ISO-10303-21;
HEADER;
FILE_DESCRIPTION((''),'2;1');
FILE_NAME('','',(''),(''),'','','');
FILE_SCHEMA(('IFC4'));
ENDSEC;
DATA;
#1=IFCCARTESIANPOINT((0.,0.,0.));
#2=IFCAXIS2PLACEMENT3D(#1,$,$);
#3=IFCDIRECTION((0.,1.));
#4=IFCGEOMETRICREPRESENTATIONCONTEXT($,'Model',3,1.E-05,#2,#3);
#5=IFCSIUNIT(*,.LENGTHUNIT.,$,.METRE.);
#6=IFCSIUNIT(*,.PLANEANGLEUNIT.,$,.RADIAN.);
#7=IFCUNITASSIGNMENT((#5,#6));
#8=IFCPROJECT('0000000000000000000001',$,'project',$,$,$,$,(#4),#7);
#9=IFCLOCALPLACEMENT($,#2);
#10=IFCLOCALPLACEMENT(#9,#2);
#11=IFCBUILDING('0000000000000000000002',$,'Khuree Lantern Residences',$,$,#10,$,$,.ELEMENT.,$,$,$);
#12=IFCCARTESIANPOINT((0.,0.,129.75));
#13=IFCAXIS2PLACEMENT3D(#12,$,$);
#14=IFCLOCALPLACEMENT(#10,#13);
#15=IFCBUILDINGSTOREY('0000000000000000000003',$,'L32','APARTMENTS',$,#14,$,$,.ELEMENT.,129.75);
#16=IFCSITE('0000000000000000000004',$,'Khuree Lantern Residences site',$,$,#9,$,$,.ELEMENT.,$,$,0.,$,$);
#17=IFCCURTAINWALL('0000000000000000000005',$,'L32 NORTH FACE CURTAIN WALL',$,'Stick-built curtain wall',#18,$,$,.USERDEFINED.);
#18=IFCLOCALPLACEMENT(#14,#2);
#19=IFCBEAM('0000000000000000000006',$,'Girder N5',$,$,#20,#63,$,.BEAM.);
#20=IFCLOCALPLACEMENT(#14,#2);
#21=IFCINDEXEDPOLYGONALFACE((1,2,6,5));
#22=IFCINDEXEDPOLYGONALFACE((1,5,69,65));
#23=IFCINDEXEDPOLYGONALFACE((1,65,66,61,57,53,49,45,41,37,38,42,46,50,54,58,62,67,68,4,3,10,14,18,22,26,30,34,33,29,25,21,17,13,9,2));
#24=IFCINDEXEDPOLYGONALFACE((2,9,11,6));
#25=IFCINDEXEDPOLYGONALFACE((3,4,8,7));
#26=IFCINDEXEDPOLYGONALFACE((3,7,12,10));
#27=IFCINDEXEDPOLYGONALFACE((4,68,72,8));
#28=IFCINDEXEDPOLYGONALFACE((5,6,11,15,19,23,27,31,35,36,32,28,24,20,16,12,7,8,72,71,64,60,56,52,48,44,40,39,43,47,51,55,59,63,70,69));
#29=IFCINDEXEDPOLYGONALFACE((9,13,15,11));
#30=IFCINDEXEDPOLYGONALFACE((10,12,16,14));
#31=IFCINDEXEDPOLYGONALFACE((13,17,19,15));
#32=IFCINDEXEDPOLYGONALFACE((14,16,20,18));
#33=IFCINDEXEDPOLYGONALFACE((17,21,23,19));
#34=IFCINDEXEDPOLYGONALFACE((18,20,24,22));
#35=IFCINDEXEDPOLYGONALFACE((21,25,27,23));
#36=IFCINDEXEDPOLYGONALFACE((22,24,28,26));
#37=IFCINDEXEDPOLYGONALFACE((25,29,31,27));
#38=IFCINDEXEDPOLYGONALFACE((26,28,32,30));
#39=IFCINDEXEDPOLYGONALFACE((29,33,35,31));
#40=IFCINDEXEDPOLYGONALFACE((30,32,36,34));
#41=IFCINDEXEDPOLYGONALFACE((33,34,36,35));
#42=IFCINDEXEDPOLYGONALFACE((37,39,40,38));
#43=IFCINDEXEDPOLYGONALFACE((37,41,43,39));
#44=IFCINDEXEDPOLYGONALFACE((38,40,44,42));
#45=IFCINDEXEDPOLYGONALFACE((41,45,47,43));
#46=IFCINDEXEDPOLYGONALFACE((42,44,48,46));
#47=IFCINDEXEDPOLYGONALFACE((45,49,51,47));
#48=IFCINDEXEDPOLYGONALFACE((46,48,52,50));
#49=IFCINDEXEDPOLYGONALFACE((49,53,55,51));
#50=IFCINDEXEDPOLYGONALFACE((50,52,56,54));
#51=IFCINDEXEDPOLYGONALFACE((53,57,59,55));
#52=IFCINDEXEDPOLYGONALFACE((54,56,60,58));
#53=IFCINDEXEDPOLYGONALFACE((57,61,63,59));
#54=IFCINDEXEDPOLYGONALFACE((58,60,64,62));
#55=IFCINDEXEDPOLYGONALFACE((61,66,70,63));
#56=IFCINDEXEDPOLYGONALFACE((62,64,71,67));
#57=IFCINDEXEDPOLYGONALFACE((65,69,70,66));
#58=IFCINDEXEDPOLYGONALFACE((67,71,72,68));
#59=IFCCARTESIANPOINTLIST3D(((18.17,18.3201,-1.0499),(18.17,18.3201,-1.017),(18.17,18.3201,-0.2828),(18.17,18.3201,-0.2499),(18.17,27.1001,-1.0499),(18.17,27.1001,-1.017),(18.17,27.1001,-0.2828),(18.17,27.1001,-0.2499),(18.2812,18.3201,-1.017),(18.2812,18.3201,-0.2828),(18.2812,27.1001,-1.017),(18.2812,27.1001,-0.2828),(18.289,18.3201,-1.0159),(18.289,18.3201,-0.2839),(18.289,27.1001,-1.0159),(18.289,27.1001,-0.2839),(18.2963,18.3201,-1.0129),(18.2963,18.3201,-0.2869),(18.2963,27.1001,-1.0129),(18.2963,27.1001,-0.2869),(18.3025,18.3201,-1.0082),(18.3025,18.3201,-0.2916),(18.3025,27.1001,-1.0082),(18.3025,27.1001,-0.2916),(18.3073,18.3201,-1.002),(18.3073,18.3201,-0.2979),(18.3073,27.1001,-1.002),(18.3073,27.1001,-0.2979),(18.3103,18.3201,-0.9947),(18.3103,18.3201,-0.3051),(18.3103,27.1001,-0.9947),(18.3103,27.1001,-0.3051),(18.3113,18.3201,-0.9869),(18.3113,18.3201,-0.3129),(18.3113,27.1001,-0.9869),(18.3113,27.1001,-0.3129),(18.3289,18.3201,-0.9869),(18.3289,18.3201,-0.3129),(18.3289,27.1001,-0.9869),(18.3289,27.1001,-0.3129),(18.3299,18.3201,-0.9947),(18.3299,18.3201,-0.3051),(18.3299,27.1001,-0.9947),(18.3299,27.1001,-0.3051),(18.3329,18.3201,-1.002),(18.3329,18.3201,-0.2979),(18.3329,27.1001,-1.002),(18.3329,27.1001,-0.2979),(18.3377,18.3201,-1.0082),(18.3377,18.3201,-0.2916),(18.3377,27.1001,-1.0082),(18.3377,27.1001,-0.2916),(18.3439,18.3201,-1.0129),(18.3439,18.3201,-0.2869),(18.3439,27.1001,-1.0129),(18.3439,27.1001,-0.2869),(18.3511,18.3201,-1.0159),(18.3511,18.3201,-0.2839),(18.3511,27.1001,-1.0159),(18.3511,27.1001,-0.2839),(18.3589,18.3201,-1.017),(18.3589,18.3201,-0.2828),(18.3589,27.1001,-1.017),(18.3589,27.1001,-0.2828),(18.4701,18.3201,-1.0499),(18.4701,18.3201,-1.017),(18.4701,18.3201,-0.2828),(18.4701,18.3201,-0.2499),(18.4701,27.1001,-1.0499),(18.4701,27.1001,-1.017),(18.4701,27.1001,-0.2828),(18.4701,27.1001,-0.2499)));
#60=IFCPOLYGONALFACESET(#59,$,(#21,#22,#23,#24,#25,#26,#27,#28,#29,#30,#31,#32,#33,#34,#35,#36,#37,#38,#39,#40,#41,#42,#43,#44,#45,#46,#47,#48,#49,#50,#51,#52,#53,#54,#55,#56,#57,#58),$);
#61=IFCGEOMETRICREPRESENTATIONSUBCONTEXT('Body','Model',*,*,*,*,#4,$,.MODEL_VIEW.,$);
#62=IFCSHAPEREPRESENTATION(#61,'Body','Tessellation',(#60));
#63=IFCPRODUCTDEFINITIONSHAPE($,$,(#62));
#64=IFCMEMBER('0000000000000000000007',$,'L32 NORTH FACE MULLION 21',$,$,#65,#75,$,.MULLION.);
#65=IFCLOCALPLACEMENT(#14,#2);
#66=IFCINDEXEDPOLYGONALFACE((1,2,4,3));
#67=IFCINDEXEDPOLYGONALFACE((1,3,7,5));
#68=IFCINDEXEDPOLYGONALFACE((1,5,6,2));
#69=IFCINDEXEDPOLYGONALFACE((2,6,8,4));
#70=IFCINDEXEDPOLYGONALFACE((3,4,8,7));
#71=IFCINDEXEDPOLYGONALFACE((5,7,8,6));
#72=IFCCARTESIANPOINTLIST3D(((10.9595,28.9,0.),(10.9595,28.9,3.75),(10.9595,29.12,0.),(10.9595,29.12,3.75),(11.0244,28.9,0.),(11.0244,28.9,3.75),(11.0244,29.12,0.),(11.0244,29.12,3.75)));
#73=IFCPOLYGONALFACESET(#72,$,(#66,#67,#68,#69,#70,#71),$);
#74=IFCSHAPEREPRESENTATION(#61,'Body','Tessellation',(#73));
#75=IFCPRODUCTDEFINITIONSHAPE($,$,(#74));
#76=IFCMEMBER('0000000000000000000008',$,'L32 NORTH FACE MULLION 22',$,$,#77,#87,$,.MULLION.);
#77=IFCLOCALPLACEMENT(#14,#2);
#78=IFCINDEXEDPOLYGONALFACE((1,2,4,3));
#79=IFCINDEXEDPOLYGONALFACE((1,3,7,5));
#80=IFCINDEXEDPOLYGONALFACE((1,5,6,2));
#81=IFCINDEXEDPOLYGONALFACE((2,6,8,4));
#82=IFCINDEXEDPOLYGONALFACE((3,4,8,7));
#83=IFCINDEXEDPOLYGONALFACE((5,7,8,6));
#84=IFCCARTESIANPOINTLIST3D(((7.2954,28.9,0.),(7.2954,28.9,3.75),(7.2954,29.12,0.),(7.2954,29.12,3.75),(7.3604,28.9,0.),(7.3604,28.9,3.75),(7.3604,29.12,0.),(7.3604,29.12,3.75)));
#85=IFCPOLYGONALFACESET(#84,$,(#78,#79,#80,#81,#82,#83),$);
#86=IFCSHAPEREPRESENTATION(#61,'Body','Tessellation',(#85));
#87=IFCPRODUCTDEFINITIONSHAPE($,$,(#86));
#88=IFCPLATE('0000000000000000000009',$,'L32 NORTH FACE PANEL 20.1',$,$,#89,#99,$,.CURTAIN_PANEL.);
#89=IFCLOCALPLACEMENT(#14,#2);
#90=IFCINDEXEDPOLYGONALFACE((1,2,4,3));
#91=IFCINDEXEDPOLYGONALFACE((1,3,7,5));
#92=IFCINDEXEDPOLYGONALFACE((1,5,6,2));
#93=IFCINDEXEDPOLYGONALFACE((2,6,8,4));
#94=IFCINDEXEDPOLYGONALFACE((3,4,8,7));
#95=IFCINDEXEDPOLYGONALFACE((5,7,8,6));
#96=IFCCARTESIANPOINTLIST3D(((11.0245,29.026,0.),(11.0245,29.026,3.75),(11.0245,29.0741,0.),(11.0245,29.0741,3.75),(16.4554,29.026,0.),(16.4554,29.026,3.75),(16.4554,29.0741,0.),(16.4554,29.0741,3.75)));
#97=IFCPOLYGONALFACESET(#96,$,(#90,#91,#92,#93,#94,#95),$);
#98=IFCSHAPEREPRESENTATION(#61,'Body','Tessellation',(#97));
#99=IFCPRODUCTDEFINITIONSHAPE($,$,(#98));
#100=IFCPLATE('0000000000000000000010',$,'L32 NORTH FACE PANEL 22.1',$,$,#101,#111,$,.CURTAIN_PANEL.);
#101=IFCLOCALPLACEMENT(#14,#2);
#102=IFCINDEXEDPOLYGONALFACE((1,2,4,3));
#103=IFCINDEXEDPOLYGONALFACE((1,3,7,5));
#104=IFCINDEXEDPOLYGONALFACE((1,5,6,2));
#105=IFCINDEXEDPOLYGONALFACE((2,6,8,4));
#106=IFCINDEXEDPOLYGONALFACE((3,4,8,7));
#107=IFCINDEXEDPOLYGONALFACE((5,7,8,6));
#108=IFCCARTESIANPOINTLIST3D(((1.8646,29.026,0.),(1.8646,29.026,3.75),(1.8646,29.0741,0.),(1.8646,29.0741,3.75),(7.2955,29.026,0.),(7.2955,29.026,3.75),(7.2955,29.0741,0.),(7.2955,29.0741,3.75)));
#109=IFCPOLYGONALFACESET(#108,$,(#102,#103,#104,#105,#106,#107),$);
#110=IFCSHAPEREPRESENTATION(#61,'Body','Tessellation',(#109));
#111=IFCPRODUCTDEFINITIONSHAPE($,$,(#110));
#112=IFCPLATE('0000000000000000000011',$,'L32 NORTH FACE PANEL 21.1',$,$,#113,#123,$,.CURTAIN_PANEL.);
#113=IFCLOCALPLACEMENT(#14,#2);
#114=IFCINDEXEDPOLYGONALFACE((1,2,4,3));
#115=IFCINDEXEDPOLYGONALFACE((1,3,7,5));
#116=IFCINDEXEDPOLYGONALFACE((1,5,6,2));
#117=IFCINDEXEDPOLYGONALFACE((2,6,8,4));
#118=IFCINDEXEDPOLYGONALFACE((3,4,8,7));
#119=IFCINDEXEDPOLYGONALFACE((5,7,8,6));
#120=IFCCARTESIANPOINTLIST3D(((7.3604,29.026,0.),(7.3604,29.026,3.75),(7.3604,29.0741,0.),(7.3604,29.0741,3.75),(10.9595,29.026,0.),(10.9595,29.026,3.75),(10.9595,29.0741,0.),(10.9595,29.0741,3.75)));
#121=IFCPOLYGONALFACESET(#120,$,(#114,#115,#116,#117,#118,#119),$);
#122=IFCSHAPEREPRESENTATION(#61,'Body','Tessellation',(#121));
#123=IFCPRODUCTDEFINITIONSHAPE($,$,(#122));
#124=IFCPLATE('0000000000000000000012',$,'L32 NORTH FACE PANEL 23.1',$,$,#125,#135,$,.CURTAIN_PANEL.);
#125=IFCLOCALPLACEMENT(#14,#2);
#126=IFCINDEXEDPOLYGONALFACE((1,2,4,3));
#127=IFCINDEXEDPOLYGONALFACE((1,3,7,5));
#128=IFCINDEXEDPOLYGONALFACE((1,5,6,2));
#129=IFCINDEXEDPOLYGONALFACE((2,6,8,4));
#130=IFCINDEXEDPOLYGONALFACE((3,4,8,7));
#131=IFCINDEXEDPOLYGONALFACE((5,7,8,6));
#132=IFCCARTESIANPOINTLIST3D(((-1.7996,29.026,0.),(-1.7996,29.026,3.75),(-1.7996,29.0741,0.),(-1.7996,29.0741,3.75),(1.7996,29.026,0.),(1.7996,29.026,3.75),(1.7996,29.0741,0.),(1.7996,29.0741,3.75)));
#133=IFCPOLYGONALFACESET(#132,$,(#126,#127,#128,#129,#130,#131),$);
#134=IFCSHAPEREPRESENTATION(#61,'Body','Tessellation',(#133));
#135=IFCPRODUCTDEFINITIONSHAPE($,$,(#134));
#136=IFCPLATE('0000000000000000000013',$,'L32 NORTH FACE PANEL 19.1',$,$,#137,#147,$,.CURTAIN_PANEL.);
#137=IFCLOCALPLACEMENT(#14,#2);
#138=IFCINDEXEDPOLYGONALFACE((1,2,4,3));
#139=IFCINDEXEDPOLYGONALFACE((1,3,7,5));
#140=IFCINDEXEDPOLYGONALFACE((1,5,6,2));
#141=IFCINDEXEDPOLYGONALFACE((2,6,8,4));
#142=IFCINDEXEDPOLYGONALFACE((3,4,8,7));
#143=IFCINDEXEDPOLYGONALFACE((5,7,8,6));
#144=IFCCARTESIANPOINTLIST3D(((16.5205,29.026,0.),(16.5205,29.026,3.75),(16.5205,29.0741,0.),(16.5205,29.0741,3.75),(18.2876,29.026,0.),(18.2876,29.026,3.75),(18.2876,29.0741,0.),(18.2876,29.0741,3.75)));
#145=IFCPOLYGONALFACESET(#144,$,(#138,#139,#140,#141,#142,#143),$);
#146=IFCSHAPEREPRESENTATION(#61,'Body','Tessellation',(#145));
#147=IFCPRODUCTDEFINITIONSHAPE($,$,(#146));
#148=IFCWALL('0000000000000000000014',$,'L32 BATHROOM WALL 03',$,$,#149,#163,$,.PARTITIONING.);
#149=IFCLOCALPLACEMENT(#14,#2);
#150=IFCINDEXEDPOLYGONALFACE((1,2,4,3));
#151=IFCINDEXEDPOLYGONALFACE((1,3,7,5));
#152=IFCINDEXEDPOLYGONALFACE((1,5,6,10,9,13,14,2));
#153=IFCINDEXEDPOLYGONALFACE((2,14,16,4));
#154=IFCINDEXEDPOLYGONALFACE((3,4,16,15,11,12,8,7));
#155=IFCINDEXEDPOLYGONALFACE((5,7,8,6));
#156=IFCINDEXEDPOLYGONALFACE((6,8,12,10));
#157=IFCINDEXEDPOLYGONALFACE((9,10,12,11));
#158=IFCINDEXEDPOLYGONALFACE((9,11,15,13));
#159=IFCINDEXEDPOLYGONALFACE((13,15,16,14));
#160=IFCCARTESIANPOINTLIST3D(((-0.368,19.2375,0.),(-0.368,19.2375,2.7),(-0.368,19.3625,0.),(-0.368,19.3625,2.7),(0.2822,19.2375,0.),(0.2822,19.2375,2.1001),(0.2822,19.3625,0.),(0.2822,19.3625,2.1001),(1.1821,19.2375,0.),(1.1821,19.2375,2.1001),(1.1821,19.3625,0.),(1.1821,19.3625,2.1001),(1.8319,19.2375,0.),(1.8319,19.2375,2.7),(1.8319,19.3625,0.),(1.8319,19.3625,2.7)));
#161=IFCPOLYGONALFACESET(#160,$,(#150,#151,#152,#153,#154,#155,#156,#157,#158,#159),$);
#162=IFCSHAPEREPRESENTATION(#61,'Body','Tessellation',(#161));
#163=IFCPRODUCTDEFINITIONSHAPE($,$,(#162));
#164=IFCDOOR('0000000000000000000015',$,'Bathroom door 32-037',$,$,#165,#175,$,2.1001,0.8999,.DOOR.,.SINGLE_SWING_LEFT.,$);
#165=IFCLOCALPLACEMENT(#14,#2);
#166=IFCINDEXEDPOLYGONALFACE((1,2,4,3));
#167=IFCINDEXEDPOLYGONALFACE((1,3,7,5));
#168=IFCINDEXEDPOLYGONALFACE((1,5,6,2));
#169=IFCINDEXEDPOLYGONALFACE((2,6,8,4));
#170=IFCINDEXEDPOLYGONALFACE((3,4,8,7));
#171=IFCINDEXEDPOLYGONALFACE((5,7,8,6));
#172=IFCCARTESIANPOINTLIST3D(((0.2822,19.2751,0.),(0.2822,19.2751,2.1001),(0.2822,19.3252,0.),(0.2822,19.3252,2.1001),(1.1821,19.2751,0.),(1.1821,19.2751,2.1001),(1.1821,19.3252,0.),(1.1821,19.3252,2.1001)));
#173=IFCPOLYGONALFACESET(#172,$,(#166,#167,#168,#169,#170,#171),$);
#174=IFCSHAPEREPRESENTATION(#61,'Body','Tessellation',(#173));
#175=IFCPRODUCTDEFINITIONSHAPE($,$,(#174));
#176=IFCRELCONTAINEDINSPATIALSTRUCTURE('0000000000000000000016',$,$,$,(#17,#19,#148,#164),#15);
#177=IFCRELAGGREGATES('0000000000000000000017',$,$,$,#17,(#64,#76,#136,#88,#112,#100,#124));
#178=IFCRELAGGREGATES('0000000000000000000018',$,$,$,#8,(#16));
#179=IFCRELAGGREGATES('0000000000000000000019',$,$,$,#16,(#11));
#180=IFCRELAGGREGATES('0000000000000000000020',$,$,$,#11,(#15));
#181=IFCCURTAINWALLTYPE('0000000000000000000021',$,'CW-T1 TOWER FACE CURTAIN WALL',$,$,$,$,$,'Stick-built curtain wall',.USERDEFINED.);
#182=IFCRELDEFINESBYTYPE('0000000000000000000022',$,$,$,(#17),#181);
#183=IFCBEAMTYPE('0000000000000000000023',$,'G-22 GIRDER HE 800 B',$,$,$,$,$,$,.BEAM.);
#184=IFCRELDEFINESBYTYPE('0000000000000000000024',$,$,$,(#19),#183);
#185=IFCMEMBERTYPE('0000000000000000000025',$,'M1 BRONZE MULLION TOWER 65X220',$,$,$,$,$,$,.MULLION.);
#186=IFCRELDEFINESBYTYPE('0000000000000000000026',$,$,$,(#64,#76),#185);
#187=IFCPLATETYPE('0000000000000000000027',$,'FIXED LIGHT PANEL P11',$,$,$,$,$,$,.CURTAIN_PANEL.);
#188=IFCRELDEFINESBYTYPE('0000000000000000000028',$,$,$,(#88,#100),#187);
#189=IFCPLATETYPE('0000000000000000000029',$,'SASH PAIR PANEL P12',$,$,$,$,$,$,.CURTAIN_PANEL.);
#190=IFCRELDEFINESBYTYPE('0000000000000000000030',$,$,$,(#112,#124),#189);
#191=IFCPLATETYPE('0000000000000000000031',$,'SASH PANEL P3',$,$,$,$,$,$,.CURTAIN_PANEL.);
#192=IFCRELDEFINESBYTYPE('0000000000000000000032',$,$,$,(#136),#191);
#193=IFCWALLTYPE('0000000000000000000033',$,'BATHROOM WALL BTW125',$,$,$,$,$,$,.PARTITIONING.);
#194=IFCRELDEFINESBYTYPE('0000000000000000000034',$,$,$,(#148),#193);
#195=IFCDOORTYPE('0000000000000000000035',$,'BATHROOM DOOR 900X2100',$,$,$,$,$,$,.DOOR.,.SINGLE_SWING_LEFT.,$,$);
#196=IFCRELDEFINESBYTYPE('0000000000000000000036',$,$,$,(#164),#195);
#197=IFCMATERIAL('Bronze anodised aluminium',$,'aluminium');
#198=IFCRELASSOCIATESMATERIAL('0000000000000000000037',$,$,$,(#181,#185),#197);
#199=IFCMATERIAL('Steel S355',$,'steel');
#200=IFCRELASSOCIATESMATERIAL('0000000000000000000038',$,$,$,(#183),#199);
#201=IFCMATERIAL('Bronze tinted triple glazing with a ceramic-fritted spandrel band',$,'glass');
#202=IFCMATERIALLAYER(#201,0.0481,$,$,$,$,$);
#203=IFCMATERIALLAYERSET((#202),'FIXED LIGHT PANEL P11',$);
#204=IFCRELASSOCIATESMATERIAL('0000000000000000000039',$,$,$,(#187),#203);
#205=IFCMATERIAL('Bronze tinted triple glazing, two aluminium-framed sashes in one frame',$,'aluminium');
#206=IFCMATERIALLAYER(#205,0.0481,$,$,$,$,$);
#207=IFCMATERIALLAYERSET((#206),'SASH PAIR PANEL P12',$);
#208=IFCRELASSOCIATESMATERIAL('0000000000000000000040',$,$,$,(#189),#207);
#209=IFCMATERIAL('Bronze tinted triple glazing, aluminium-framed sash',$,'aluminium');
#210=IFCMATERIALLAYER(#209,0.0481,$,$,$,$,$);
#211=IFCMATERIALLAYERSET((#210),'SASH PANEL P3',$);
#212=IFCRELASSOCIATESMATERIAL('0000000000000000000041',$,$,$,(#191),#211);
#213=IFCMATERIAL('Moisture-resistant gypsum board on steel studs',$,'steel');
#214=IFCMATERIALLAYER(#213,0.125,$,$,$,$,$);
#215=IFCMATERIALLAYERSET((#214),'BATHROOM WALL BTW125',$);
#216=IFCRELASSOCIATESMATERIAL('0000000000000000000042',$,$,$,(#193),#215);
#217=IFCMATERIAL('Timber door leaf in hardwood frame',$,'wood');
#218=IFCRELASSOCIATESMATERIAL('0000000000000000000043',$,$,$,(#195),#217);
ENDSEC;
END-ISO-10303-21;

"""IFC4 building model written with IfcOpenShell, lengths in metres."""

from ifc_helpers import new_model, si_unit, direction, frame, frame_2d, origin, origin_2d, place, context, subcontext, project, spatial, rectangle, i_section, extrude, material, layer, layer_set, material_profile, profile_set, type_object, element, fill, aggregate, save


model = new_model("IFC4")

# Units and contexts
model_context = context("Model", 3, precision=1e-05, world=origin(), true_north=direction((0.0, 1.0)))
body_context = subcontext(model_context, "Body", "Model", "MODEL_VIEW")
ifc_project = project(units=[si_unit("LENGTHUNIT", "METRE"), si_unit("PLANEANGLEUNIT", "RADIAN")], contexts=[model_context])

# Site, building, storey
site_placement = place(None, origin())
site = spatial("IfcSite", under=ifc_project, at=site_placement, Name="Khuree Lantern Residences site", CompositionType="ELEMENT", RefElevation=0.0)
building_placement = place(site_placement, origin())
building = spatial("IfcBuilding", under=site, at=building_placement, Name="Khuree Lantern Residences", CompositionType="ELEMENT")
storey_placement = place(building_placement, frame((0.0, 0.0, 129.75)))
storey = spatial("IfcBuildingStorey", under=building, at=storey_placement, Name="L32", Description="APARTMENTS", CompositionType="ELEMENT", Elevation=129.75)

# Shared definitions
ifc_material_1 = material(Name="Steel S355", Category="steel")

# Curtain wall
ifc_material_2 = material(Name="Bronze anodised aluminium", Category="aluminium")
curtain_wall_type = type_object("IfcCurtainWallType", Name="CW-T1 TOWER FACE CURTAIN WALL", ElementType="Stick-built curtain wall", PredefinedType="USERDEFINED", material=ifc_material_2)
curtain_wall_placement = place(storey_placement, origin())
curtain_wall = element("IfcCurtainWall", 1, at=curtain_wall_placement, inside=storey, type_object=curtain_wall_type, Name="L32 NORTH FACE CURTAIN WALL", ObjectType="Stick-built curtain wall", PredefinedType="USERDEFINED")

# Beam
ifc_material_profile_1 = material_profile(ifc_material_1, i_section(OverallWidth=0.3, OverallDepth=0.8, WebThickness=0.0176, FlangeThickness=0.033, FilletRadius=0.03, at=origin_2d()), Name="HE 800 B")
ifc_profile_set_1 = profile_set([ifc_material_profile_1], Name="Steel S355")
beam_type_1 = type_object("IfcBeamType", Name="G-22 GIRDER HE 800 B", PredefinedType="BEAM", material=ifc_profile_set_1)
beam_1_placement = place(storey_placement, frame((18.3201, 27.1001, -0.6499), z_axis=(0.0, -1.0, 0.0), x_axis=(1.0, 0.0, 0.0)))
element("IfcBeam", 2, at=beam_1_placement, inside=storey, type_object=beam_type_1, Name="Girder N5", PredefinedType="BEAM", context=body_context, shape_type="SweptSolid", body=[
    extrude(i_section(OverallWidth=0.3, OverallDepth=0.8, WebThickness=0.0176, FlangeThickness=0.033, FilletRadius=0.03, at=origin_2d()), origin(), (0.0, 0.0, 1.0), 8.78),
])

# Members
ifc_material_profile_2 = material_profile(ifc_material_2, rectangle(XDim=0.0649, YDim=0.22, at=origin_2d()), Name="M1 65X220")
ifc_profile_set_2 = profile_set([ifc_material_profile_2], Name="Bronze anodised aluminium")
member_type_1 = type_object("IfcMemberType", Name="M1 BRONZE MULLION TOWER 65X220", PredefinedType="MULLION", material=ifc_profile_set_2)
member_1_placement = place(storey_placement, frame((10.9919, 29.01, 0.0), z_axis=(0.0, 0.0, 1.0), x_axis=(-1.0, 0.0, 0.0)))
member_1 = element("IfcMember", 3, at=member_1_placement, type_object=member_type_1, Name="L32 NORTH FACE MULLION 21", PredefinedType="MULLION", context=body_context, shape_type="SweptSolid", body=[
    extrude(rectangle(XDim=0.0649, YDim=0.22, at=origin_2d()), origin(), (0.0, 0.0, 1.0), 3.75),
])
member_2_placement = place(storey_placement, frame((7.3279, 29.01, 0.0), z_axis=(0.0, 0.0, 1.0), x_axis=(-1.0, 0.0, 0.0)))
member_2 = element("IfcMember", 4, at=member_2_placement, type_object=member_type_1, Name="L32 NORTH FACE MULLION 22", PredefinedType="MULLION", context=body_context, shape_type="SweptSolid", body=[
    extrude(rectangle(XDim=0.0649, YDim=0.22, at=origin_2d()), origin(), (0.0, 0.0, 1.0), 3.75),
])

# Plates
ifc_material_3 = material(Name="Bronze tinted triple glazing with a ceramic-fritted spandrel band", Category="glass")
ifc_layer_1 = layer(ifc_material_3, 0.0481)
ifc_layer_set_1 = layer_set([ifc_layer_1], Name="FIXED LIGHT PANEL P11")
plate_type_1 = type_object("IfcPlateType", Name="FIXED LIGHT PANEL P11", PredefinedType="CURTAIN_PANEL", material=ifc_layer_set_1)
plate_1_placement = place(storey_placement, frame((13.74, 29.05, 0.0), z_axis=(0.0, 0.0, 1.0), x_axis=(-1.0, 0.0, 0.0)))
plate_1 = element("IfcPlate", 5, at=plate_1_placement, type_object=plate_type_1, Name="L32 NORTH FACE PANEL 20.1", PredefinedType="CURTAIN_PANEL", context=body_context, shape_type="SweptSolid", body=[
    extrude(rectangle(XDim=5.4309, YDim=0.0481, at=origin_2d()), origin(), (0.0, 0.0, 1.0), 3.75),
])
plate_2_placement = place(storey_placement, frame((4.5801, 29.05, 0.0), z_axis=(0.0, 0.0, 1.0), x_axis=(-1.0, 0.0, 0.0)))
plate_2 = element("IfcPlate", 6, at=plate_2_placement, type_object=plate_type_1, Name="L32 NORTH FACE PANEL 22.1", PredefinedType="CURTAIN_PANEL", context=body_context, shape_type="SweptSolid", body=[
    extrude(rectangle(XDim=5.4309, YDim=0.0481, at=origin_2d()), origin(), (0.0, 0.0, 1.0), 3.75),
])
ifc_material_4 = material(Name="Bronze tinted triple glazing, two aluminium-framed sashes in one frame", Category="aluminium")
ifc_layer_2 = layer(ifc_material_4, 0.0481)
ifc_layer_set_2 = layer_set([ifc_layer_2], Name="SASH PAIR PANEL P12")
plate_type_2 = type_object("IfcPlateType", Name="SASH PAIR PANEL P12", PredefinedType="CURTAIN_PANEL", material=ifc_layer_set_2)
plate_3_placement = place(storey_placement, frame((9.1599, 29.05, 0.0), z_axis=(0.0, 0.0, 1.0), x_axis=(-1.0, 0.0, 0.0)))
plate_3 = element("IfcPlate", 7, at=plate_3_placement, type_object=plate_type_2, Name="L32 NORTH FACE PANEL 21.1", PredefinedType="CURTAIN_PANEL", context=body_context, shape_type="SweptSolid", body=[
    extrude(rectangle(XDim=3.5991, YDim=0.0481, at=origin_2d()), origin(), (0.0, 0.0, 1.0), 3.75),
])
plate_4_placement = place(storey_placement, frame((0.0, 29.05, 0.0), z_axis=(0.0, 0.0, 1.0), x_axis=(-1.0, 0.0, 0.0)))
plate_4 = element("IfcPlate", 8, at=plate_4_placement, type_object=plate_type_2, Name="L32 NORTH FACE PANEL 23.1", PredefinedType="CURTAIN_PANEL", context=body_context, shape_type="SweptSolid", body=[
    extrude(rectangle(XDim=3.5991, YDim=0.0481, at=origin_2d()), origin(), (0.0, 0.0, 1.0), 3.75),
])
ifc_material_5 = material(Name="Bronze tinted triple glazing, aluminium-framed sash", Category="aluminium")
ifc_layer_3 = layer(ifc_material_5, 0.0481)
ifc_layer_set_3 = layer_set([ifc_layer_3], Name="SASH PANEL P3")
plate_type_3 = type_object("IfcPlateType", Name="SASH PANEL P3", PredefinedType="CURTAIN_PANEL", material=ifc_layer_set_3)
plate_5_placement = place(storey_placement, frame((17.4041, 29.05, 0.0), z_axis=(0.0, 0.0, 1.0), x_axis=(-1.0, 0.0, 0.0)))
plate_5 = element("IfcPlate", 9, at=plate_5_placement, type_object=plate_type_3, Name="L32 NORTH FACE PANEL 19.1", PredefinedType="CURTAIN_PANEL", context=body_context, shape_type="SweptSolid", body=[
    extrude(rectangle(XDim=1.7671, YDim=0.0481, at=origin_2d()), origin(), (0.0, 0.0, 1.0), 3.75),
])
aggregate(curtain_wall, [member_1, member_2, plate_5, plate_1, plate_3, plate_2, plate_4])

# Wall, opening, door
ifc_material_6 = material(Name="Moisture-resistant gypsum board on steel studs", Category="steel")
ifc_layer_4 = layer(ifc_material_6, 0.125)
ifc_layer_set_4 = layer_set([ifc_layer_4], Name="BATHROOM WALL BTW125")
wall_type_1 = type_object("IfcWallType", Name="BATHROOM WALL BTW125", PredefinedType="PARTITIONING", material=ifc_layer_set_4)
wall_1_placement = place(storey_placement, frame((1.832, 19.3, 0.0), z_axis=(0.0, 0.0, 1.0), x_axis=(-1.0, 0.0, 0.0)))
wall_1 = element("IfcWall", 10, at=wall_1_placement, inside=storey, type_object=wall_type_1, Name="L32 BATHROOM WALL 03", PredefinedType="PARTITIONING", context=body_context, shape_type="SweptSolid", body=[
    extrude(rectangle(XDim=2.2, YDim=0.125, at=frame_2d((1.1001, 0.0))), origin(), (0.0, 0.0, 1.0), 2.7),
])
opening_1_placement = place(wall_1_placement, frame((0.6499, 0.0, 0.0)))
opening_1 = element("IfcOpeningElement", 11, at=opening_1_placement, cuts=wall_1, PredefinedType="OPENING", context=body_context, shape_type="SweptSolid", body=[
    extrude(rectangle(XDim=0.8999, YDim=2.1001, at=frame_2d((0.45, 1.05))), frame((0.0, 0.0725, 0.0), z_axis=(0.0, -1.0, 0.0), x_axis=(1.0, 0.0, 0.0)), (0.0, 0.0, 1.0), 0.145),
])
ifc_material_7 = material(Name="Timber door leaf in hardwood frame", Category="wood")
door_type_1 = type_object("IfcDoorType", Name="BATHROOM DOOR 900X2100", OperationType="SINGLE_SWING_LEFT", PredefinedType="DOOR", material=ifc_material_7)
door_1_placement = place(opening_1_placement, origin())
door_1 = element("IfcDoor", 12, at=door_1_placement, inside=storey, type_object=door_type_1, Name="Bathroom door 32-037", OperationType="SINGLE_SWING_LEFT", OverallHeight=2.1001, OverallWidth=0.8999, PredefinedType="DOOR", context=body_context, shape_type="SweptSolid", body=[
    extrude(rectangle(XDim=0.8999, YDim=2.1001, at=frame_2d((0.45, 1.05))), frame((0.0, 0.0249, 0.0), z_axis=(0.0, -1.0, 0.0), x_axis=(1.0, 0.0, 0.0)), (0.0, 0.0, 1.0), 0.05),
])
fill(opening_1, door_1)

save(model, "model.ifc")
